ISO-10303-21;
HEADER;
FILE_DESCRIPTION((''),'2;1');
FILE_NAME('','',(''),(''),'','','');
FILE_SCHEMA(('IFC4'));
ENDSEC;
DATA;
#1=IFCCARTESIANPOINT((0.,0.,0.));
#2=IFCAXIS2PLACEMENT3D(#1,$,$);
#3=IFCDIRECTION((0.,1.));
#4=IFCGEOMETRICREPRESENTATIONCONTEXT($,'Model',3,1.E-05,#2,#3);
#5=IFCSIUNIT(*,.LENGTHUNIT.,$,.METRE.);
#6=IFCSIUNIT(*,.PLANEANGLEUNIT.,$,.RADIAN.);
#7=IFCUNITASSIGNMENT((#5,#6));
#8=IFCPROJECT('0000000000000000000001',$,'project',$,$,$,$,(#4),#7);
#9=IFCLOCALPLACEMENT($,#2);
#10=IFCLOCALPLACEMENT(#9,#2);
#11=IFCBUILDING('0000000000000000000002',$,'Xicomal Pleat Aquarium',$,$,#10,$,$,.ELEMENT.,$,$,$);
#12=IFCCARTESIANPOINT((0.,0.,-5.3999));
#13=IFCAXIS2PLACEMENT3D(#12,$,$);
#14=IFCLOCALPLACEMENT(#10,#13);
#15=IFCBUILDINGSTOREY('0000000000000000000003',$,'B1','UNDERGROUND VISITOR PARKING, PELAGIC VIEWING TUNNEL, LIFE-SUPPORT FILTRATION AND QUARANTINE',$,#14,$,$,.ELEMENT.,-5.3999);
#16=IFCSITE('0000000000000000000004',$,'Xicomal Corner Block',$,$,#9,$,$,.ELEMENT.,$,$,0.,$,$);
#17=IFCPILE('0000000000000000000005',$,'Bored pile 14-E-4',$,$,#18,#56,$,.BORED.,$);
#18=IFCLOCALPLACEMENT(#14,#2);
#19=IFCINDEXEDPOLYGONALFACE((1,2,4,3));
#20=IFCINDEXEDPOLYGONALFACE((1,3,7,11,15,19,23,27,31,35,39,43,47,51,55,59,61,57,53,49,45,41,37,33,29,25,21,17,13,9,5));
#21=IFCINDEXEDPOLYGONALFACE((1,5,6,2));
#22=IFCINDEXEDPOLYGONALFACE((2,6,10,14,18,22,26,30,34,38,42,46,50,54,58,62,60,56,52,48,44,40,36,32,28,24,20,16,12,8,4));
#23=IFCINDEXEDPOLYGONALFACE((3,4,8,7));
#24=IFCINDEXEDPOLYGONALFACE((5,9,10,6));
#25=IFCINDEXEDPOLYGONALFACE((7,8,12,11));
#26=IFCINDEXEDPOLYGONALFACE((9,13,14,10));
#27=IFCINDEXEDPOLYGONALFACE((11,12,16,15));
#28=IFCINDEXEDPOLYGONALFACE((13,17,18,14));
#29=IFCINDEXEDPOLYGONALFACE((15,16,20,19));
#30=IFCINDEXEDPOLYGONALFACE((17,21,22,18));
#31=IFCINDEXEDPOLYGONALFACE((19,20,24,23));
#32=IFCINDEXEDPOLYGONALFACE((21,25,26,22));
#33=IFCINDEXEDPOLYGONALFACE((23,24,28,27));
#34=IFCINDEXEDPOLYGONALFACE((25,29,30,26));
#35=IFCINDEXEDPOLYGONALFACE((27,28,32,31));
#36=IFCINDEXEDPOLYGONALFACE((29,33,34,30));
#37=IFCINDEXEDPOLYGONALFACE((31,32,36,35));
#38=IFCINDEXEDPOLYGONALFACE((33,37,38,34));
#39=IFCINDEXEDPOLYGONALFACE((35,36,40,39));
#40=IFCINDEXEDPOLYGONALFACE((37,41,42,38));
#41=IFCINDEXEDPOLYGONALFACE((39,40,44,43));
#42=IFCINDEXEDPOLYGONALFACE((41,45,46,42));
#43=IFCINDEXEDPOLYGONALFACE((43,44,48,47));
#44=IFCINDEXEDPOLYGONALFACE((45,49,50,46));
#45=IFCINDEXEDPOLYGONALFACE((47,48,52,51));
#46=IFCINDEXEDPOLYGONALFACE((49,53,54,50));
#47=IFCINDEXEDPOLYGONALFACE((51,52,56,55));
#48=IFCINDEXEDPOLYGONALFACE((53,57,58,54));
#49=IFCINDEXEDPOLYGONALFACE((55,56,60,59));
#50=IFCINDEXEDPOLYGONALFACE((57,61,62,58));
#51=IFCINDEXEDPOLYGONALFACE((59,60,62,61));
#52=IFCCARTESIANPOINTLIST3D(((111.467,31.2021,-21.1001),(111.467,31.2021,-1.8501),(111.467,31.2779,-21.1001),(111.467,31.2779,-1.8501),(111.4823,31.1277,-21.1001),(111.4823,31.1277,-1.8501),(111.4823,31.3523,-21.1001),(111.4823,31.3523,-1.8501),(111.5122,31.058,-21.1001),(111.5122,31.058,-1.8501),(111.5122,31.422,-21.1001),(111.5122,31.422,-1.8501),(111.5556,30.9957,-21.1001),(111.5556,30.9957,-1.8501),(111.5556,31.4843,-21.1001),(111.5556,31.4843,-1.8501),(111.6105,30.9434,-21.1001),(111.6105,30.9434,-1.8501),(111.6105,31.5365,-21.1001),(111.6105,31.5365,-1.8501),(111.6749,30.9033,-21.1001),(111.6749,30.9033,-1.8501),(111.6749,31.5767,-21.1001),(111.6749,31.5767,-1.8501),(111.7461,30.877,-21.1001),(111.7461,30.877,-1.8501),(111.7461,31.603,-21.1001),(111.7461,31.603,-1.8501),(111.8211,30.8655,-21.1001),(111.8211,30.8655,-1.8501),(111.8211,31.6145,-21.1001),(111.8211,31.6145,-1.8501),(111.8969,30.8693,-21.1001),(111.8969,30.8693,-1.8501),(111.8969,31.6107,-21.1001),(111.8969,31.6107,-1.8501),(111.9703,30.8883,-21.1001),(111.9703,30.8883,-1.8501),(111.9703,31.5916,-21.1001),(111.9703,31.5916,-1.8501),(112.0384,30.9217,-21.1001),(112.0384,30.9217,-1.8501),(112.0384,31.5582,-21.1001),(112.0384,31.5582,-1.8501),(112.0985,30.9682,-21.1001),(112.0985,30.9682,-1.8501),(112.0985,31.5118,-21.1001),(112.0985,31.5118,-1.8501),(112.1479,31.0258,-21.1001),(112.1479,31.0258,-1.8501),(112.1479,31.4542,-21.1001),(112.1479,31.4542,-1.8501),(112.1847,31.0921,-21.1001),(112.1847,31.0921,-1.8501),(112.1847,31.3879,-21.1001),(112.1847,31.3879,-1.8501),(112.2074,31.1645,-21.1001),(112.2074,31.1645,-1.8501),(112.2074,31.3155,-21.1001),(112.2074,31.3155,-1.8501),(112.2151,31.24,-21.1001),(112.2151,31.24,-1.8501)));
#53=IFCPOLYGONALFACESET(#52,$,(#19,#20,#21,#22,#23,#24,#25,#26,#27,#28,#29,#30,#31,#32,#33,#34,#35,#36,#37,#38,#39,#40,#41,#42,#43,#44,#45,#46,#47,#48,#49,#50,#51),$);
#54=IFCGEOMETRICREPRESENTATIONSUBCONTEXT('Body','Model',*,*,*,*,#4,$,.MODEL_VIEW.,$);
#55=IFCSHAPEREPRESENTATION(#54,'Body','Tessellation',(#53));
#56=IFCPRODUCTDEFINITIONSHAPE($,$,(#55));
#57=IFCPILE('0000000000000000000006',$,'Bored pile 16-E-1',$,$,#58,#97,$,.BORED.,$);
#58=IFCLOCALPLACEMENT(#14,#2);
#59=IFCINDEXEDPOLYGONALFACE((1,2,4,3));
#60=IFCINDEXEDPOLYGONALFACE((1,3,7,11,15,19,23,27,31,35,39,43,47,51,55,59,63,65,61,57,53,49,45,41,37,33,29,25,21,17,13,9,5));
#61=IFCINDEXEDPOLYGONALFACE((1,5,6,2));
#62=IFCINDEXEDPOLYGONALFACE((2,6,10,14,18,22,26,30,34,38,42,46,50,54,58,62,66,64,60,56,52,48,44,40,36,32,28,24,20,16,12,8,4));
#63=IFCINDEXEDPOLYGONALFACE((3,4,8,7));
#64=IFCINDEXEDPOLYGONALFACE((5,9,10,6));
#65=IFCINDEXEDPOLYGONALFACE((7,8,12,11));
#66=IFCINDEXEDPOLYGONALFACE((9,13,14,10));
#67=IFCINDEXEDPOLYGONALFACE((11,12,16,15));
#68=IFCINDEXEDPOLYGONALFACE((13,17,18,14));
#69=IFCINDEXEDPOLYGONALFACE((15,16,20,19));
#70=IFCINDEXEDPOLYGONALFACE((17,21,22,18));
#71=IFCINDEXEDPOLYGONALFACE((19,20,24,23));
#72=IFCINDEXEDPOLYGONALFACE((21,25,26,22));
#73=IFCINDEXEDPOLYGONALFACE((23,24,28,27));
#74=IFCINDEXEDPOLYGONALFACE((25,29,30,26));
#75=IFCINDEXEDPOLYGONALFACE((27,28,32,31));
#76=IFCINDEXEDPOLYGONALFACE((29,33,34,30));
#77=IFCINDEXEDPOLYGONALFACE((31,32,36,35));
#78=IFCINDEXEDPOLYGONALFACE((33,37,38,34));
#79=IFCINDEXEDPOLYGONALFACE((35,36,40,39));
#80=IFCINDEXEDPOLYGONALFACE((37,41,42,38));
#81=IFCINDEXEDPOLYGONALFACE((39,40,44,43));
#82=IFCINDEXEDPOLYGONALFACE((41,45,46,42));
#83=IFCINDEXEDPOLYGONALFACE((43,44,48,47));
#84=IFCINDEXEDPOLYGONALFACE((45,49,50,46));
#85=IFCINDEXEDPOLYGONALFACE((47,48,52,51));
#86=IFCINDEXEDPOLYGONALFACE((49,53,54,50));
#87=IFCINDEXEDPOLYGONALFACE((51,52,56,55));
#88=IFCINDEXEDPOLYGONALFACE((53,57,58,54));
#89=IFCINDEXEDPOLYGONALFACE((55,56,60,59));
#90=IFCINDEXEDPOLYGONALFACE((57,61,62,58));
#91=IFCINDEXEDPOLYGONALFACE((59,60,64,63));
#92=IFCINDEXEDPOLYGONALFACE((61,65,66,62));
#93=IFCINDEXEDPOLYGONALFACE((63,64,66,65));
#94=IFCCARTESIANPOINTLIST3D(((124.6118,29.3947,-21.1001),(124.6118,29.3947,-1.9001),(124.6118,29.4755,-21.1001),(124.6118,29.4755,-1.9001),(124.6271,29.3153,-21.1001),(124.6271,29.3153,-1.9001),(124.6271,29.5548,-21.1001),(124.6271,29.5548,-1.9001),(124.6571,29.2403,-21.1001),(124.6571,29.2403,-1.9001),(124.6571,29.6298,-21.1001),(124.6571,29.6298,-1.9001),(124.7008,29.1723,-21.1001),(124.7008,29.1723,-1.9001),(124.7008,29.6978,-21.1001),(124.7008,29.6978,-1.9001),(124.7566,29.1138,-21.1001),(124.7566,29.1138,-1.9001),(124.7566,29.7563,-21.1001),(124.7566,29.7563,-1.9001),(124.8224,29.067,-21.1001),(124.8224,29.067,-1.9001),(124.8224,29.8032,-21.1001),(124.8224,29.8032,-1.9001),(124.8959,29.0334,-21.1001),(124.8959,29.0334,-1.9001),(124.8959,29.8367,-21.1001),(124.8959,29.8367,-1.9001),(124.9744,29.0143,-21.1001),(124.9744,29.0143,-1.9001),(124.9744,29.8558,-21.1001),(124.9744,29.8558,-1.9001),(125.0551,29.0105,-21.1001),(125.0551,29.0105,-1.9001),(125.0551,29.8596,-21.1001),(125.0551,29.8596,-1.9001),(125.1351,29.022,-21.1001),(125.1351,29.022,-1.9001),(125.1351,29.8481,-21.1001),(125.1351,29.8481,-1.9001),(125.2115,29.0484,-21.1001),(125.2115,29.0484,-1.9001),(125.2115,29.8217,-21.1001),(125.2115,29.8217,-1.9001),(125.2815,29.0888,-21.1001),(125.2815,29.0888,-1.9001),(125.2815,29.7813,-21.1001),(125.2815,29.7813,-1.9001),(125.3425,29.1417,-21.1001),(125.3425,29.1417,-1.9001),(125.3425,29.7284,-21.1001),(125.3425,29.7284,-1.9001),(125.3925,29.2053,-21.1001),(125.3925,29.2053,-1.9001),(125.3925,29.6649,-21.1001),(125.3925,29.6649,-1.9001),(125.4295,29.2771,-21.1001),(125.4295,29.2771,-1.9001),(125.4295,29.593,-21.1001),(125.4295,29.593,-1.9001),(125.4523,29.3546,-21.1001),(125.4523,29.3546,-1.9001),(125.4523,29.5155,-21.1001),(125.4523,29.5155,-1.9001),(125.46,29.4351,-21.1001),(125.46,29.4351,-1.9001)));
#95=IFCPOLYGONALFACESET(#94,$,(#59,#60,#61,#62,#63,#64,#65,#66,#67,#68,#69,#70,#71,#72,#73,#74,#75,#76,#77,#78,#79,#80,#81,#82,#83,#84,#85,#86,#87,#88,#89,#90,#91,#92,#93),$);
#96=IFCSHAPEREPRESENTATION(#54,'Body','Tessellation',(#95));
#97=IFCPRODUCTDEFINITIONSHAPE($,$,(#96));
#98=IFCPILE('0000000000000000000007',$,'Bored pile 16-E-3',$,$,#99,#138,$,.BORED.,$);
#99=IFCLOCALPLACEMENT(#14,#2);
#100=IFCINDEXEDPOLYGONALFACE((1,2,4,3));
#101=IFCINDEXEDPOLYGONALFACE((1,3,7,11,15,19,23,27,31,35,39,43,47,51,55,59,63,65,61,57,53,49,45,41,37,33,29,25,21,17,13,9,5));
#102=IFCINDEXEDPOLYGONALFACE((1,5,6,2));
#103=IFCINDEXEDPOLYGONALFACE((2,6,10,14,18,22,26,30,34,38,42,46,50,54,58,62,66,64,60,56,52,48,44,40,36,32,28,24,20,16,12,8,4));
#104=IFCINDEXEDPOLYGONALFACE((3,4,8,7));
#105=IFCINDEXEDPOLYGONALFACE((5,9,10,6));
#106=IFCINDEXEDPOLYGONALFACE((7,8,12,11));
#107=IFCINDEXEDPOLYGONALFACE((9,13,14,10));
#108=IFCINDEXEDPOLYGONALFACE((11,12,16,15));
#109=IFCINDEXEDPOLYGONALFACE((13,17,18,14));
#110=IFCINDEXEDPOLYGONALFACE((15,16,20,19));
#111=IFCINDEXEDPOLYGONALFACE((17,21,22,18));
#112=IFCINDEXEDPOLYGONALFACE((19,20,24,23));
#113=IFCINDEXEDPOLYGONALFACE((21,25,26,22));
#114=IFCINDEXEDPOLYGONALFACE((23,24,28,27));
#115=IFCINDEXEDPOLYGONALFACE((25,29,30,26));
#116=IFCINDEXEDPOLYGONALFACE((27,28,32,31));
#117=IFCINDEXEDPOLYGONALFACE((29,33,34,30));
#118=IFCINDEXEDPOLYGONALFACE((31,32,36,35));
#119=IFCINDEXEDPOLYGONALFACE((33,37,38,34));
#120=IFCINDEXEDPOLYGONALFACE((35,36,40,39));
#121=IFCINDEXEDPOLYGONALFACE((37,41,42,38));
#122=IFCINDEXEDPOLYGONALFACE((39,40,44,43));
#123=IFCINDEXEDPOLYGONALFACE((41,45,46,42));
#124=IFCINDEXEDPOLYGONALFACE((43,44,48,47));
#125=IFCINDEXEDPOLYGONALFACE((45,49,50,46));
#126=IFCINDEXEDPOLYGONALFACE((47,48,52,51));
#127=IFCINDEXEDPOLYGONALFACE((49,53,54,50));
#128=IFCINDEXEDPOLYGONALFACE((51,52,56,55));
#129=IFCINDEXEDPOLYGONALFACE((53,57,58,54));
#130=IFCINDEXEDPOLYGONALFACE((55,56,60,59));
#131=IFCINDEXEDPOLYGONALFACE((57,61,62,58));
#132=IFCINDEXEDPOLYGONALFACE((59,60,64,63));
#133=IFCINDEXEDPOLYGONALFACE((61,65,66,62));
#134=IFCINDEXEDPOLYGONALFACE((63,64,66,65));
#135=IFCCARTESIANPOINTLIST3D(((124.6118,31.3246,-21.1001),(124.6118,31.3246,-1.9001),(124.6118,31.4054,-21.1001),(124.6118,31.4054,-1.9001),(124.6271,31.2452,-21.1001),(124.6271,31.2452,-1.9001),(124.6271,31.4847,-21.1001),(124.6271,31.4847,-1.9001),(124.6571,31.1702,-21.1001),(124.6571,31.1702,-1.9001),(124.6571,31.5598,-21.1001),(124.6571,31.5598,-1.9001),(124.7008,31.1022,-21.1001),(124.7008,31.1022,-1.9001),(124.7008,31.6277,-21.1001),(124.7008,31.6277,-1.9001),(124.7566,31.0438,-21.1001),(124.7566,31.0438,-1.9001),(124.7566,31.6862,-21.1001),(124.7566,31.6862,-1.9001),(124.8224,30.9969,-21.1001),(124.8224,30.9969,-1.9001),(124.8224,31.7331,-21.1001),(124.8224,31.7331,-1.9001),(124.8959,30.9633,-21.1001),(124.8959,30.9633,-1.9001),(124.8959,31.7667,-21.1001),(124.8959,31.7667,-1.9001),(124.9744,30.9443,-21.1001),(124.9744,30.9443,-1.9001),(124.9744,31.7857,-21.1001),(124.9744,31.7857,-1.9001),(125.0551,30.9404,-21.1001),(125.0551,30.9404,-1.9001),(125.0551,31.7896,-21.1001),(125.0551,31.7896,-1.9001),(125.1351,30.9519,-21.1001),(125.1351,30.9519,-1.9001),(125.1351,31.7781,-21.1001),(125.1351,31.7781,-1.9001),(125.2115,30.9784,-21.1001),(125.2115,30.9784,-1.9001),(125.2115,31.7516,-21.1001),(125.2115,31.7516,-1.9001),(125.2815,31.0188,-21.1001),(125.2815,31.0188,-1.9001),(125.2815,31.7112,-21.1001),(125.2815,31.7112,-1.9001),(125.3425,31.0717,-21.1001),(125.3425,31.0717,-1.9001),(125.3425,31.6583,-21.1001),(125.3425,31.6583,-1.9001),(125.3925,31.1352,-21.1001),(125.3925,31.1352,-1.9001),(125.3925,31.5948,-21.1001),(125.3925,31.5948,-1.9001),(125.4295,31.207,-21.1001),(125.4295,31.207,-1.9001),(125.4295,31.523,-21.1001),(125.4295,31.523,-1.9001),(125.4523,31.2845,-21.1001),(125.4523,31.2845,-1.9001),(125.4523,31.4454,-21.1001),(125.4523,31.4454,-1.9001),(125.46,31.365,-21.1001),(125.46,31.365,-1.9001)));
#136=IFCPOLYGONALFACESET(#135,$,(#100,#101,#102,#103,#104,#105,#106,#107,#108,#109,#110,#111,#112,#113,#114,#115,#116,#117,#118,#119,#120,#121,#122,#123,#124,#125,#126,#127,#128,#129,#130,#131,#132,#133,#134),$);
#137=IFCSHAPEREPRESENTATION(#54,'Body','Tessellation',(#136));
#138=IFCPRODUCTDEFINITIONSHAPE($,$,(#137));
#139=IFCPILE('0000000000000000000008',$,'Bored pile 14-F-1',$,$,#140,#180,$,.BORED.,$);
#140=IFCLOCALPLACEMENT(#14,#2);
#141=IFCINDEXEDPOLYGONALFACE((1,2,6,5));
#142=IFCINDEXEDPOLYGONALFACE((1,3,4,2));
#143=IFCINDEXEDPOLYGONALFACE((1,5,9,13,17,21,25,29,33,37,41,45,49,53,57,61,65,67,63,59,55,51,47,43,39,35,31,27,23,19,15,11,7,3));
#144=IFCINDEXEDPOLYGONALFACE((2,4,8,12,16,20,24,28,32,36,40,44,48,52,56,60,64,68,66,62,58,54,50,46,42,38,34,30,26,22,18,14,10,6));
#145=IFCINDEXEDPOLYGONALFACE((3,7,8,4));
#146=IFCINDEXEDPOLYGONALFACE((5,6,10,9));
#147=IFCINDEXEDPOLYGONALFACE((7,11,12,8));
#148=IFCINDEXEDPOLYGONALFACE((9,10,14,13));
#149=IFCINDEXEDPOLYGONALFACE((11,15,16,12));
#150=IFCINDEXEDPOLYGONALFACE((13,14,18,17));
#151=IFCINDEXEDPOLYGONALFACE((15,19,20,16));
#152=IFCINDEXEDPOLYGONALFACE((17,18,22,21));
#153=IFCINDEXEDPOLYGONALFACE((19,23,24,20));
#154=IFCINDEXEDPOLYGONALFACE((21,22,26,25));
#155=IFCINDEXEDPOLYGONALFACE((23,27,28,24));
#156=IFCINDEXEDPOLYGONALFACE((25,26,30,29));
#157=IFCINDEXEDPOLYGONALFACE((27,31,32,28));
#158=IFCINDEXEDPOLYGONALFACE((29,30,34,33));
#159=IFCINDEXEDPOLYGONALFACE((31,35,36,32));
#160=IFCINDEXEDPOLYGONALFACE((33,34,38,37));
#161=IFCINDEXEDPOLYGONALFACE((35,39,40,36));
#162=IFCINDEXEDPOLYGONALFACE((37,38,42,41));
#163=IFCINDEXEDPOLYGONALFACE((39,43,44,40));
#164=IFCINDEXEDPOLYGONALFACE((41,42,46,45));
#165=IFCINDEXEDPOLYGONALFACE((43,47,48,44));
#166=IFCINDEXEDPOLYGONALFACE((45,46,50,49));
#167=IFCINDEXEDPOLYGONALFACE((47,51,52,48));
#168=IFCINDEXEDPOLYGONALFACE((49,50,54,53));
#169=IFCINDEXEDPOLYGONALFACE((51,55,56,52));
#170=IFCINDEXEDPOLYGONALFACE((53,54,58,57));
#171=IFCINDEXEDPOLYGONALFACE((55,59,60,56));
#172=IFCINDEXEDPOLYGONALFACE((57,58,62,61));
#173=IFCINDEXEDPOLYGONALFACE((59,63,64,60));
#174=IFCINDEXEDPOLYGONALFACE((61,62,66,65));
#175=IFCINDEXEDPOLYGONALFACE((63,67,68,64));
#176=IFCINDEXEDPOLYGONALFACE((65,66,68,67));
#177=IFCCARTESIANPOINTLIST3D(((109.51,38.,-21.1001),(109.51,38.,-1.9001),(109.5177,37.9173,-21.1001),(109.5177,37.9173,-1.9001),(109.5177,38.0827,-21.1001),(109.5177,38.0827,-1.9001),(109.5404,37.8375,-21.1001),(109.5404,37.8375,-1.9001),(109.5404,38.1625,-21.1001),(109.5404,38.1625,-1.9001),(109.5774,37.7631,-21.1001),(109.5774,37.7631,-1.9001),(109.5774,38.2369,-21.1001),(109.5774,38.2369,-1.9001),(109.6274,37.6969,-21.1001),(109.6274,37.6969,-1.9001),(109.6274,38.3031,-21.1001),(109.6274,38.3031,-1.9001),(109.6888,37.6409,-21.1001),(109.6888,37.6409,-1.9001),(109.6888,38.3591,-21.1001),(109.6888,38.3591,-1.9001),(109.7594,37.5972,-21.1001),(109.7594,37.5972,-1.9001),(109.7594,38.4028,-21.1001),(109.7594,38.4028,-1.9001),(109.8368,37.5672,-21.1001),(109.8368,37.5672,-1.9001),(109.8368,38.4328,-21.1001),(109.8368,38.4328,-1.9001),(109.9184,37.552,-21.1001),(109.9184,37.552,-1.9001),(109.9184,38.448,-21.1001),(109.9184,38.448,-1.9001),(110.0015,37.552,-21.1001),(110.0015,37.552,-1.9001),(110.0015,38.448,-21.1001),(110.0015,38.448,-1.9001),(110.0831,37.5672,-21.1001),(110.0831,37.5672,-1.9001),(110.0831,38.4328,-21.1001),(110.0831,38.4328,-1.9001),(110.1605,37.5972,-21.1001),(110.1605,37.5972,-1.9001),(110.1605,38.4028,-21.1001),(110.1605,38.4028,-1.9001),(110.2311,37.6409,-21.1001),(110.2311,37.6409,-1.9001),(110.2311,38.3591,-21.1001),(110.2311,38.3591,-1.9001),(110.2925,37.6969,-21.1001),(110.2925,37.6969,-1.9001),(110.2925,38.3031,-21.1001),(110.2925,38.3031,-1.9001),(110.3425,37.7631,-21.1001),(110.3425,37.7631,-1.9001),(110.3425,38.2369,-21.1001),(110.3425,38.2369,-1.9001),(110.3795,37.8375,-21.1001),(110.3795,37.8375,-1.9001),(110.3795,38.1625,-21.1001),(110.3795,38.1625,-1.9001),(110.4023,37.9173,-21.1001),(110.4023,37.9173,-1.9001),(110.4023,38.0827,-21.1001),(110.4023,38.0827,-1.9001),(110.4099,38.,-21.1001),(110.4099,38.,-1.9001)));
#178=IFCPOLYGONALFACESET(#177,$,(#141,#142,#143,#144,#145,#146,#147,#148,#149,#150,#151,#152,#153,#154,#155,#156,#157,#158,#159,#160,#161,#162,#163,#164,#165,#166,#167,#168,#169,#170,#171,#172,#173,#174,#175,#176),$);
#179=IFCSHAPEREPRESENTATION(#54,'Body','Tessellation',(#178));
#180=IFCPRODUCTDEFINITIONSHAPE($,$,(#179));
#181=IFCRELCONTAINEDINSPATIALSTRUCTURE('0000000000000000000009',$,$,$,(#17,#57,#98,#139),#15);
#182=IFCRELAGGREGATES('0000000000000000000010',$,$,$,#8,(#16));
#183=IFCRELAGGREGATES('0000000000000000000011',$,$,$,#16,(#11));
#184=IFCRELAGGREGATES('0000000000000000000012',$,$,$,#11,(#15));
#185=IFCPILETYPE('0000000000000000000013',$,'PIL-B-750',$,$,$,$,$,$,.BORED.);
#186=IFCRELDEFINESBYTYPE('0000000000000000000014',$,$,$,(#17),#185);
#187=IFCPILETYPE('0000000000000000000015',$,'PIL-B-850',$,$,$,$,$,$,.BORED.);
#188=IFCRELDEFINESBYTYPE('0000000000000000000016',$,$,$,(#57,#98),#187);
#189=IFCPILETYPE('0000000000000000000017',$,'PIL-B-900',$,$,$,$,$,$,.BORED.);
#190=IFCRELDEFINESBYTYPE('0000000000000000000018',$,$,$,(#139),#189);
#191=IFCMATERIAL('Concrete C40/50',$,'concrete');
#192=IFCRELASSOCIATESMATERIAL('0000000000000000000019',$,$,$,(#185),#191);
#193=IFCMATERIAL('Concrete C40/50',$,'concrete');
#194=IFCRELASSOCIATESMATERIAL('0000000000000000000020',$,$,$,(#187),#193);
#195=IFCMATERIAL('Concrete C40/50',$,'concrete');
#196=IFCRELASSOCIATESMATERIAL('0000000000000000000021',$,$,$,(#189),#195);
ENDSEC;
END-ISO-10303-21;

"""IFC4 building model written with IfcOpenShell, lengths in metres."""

from ifc_helpers import new_model, si_unit, direction, frame, origin, origin_2d, place, context, subcontext, project, spatial, circle, extrude, material, material_profile, profile_set, type_object, element, save


model = new_model("IFC4")

# Units and contexts
model_context = context("Model", 3, precision=1e-05, world=origin(), true_north=direction((0.0, 1.0)))
body_context = subcontext(model_context, "Body", "Model", "MODEL_VIEW")
ifc_project = project(units=[si_unit("LENGTHUNIT", "METRE"), si_unit("PLANEANGLEUNIT", "RADIAN")], contexts=[model_context])

# Site, building, storey
site_placement = place(None, origin())
site = spatial("IfcSite", under=ifc_project, at=site_placement, Name="Xicomal Corner Block", CompositionType="ELEMENT", RefElevation=0.0)
building_placement = place(site_placement, origin())
building = spatial("IfcBuilding", under=site, at=building_placement, Name="Xicomal Pleat Aquarium", CompositionType="ELEMENT")
storey_placement = place(building_placement, frame((0.0, 0.0, -5.3999)))
storey = spatial("IfcBuildingStorey", under=building, at=storey_placement, Name="B1", Description="UNDERGROUND VISITOR PARKING, PELAGIC VIEWING TUNNEL, LIFE-SUPPORT FILTRATION AND QUARANTINE", CompositionType="ELEMENT", Elevation=-5.3999)

# Piles
ifc_material_1 = material(Name="Concrete C40/50", Category="concrete")
ifc_material_profile_1 = material_profile(ifc_material_1, circle(Radius=0.375, at=origin_2d()), Name="BORED PILE D750")
ifc_profile_set_1 = profile_set([ifc_material_profile_1], Name="Concrete C40/50")
pile_type_1 = type_object("IfcPileType", Name="PIL-B-750", PredefinedType="BORED", material=ifc_profile_set_1)
for number, where, z_axis, x_axis, name in (
    (1, (111.8401, 31.24, -1.8501), (0.0, 0.0, -1.0), (1.0, 0.0, 0.0), "Bored pile 14-E-4"),
):
    element("IfcPile", number, at=place(storey_placement, frame(where, z_axis=z_axis, x_axis=x_axis)), inside=storey, type_object=pile_type_1, Name=name, PredefinedType="BORED", context=body_context, shape_type="SweptSolid", body=[
        extrude(circle(Radius=0.375, at=origin_2d()), origin(), (0.0, 0.0, 1.0), 19.25),
    ])
ifc_material_2 = material(Name="Concrete C40/50", Category="concrete")
ifc_material_profile_2 = material_profile(ifc_material_2, circle(Radius=0.425, at=origin_2d()), Name="BORED PILE D850")
ifc_profile_set_2 = profile_set([ifc_material_profile_2], Name="Concrete C40/50")
pile_type_2 = type_object("IfcPileType", Name="PIL-B-850", PredefinedType="BORED", material=ifc_profile_set_2)
for number, where, z_axis, x_axis, name in (
    (2, (125.0349, 29.4351, -1.9001), (0.0, 0.0, -1.0), (1.0, 0.0, 0.0), "Bored pile 16-E-1"),
    (3, (125.0349, 31.365, -1.9001), (0.0, 0.0, -1.0), (1.0, 0.0, 0.0), "Bored pile 16-E-3"),
):
    element("IfcPile", number, at=place(storey_placement, frame(where, z_axis=z_axis, x_axis=x_axis)), inside=storey, type_object=pile_type_2, Name=name, PredefinedType="BORED", context=body_context, shape_type="SweptSolid", body=[
        extrude(circle(Radius=0.425, at=origin_2d()), origin(), (0.0, 0.0, 1.0), 19.2),
    ])
ifc_material_3 = material(Name="Concrete C40/50", Category="concrete")
ifc_material_profile_3 = material_profile(ifc_material_3, circle(Radius=0.45, at=origin_2d()), Name="BORED PILE D900")
ifc_profile_set_3 = profile_set([ifc_material_profile_3], Name="Concrete C40/50")
pile_type_3 = type_object("IfcPileType", Name="PIL-B-900", PredefinedType="BORED", material=ifc_profile_set_3)
for number, where, z_axis, x_axis, name in (
    (4, (109.96, 38.0, -1.9001), (0.0, 0.0, -1.0), (1.0, 0.0, 0.0), "Bored pile 14-F-1"),
):
    element("IfcPile", number, at=place(storey_placement, frame(where, z_axis=z_axis, x_axis=x_axis)), inside=storey, type_object=pile_type_3, Name=name, PredefinedType="BORED", context=body_context, shape_type="SweptSolid", body=[
        extrude(circle(Radius=0.45, at=origin_2d()), origin(), (0.0, 0.0, 1.0), 19.2),
    ])

save(model, "model.ifc")
